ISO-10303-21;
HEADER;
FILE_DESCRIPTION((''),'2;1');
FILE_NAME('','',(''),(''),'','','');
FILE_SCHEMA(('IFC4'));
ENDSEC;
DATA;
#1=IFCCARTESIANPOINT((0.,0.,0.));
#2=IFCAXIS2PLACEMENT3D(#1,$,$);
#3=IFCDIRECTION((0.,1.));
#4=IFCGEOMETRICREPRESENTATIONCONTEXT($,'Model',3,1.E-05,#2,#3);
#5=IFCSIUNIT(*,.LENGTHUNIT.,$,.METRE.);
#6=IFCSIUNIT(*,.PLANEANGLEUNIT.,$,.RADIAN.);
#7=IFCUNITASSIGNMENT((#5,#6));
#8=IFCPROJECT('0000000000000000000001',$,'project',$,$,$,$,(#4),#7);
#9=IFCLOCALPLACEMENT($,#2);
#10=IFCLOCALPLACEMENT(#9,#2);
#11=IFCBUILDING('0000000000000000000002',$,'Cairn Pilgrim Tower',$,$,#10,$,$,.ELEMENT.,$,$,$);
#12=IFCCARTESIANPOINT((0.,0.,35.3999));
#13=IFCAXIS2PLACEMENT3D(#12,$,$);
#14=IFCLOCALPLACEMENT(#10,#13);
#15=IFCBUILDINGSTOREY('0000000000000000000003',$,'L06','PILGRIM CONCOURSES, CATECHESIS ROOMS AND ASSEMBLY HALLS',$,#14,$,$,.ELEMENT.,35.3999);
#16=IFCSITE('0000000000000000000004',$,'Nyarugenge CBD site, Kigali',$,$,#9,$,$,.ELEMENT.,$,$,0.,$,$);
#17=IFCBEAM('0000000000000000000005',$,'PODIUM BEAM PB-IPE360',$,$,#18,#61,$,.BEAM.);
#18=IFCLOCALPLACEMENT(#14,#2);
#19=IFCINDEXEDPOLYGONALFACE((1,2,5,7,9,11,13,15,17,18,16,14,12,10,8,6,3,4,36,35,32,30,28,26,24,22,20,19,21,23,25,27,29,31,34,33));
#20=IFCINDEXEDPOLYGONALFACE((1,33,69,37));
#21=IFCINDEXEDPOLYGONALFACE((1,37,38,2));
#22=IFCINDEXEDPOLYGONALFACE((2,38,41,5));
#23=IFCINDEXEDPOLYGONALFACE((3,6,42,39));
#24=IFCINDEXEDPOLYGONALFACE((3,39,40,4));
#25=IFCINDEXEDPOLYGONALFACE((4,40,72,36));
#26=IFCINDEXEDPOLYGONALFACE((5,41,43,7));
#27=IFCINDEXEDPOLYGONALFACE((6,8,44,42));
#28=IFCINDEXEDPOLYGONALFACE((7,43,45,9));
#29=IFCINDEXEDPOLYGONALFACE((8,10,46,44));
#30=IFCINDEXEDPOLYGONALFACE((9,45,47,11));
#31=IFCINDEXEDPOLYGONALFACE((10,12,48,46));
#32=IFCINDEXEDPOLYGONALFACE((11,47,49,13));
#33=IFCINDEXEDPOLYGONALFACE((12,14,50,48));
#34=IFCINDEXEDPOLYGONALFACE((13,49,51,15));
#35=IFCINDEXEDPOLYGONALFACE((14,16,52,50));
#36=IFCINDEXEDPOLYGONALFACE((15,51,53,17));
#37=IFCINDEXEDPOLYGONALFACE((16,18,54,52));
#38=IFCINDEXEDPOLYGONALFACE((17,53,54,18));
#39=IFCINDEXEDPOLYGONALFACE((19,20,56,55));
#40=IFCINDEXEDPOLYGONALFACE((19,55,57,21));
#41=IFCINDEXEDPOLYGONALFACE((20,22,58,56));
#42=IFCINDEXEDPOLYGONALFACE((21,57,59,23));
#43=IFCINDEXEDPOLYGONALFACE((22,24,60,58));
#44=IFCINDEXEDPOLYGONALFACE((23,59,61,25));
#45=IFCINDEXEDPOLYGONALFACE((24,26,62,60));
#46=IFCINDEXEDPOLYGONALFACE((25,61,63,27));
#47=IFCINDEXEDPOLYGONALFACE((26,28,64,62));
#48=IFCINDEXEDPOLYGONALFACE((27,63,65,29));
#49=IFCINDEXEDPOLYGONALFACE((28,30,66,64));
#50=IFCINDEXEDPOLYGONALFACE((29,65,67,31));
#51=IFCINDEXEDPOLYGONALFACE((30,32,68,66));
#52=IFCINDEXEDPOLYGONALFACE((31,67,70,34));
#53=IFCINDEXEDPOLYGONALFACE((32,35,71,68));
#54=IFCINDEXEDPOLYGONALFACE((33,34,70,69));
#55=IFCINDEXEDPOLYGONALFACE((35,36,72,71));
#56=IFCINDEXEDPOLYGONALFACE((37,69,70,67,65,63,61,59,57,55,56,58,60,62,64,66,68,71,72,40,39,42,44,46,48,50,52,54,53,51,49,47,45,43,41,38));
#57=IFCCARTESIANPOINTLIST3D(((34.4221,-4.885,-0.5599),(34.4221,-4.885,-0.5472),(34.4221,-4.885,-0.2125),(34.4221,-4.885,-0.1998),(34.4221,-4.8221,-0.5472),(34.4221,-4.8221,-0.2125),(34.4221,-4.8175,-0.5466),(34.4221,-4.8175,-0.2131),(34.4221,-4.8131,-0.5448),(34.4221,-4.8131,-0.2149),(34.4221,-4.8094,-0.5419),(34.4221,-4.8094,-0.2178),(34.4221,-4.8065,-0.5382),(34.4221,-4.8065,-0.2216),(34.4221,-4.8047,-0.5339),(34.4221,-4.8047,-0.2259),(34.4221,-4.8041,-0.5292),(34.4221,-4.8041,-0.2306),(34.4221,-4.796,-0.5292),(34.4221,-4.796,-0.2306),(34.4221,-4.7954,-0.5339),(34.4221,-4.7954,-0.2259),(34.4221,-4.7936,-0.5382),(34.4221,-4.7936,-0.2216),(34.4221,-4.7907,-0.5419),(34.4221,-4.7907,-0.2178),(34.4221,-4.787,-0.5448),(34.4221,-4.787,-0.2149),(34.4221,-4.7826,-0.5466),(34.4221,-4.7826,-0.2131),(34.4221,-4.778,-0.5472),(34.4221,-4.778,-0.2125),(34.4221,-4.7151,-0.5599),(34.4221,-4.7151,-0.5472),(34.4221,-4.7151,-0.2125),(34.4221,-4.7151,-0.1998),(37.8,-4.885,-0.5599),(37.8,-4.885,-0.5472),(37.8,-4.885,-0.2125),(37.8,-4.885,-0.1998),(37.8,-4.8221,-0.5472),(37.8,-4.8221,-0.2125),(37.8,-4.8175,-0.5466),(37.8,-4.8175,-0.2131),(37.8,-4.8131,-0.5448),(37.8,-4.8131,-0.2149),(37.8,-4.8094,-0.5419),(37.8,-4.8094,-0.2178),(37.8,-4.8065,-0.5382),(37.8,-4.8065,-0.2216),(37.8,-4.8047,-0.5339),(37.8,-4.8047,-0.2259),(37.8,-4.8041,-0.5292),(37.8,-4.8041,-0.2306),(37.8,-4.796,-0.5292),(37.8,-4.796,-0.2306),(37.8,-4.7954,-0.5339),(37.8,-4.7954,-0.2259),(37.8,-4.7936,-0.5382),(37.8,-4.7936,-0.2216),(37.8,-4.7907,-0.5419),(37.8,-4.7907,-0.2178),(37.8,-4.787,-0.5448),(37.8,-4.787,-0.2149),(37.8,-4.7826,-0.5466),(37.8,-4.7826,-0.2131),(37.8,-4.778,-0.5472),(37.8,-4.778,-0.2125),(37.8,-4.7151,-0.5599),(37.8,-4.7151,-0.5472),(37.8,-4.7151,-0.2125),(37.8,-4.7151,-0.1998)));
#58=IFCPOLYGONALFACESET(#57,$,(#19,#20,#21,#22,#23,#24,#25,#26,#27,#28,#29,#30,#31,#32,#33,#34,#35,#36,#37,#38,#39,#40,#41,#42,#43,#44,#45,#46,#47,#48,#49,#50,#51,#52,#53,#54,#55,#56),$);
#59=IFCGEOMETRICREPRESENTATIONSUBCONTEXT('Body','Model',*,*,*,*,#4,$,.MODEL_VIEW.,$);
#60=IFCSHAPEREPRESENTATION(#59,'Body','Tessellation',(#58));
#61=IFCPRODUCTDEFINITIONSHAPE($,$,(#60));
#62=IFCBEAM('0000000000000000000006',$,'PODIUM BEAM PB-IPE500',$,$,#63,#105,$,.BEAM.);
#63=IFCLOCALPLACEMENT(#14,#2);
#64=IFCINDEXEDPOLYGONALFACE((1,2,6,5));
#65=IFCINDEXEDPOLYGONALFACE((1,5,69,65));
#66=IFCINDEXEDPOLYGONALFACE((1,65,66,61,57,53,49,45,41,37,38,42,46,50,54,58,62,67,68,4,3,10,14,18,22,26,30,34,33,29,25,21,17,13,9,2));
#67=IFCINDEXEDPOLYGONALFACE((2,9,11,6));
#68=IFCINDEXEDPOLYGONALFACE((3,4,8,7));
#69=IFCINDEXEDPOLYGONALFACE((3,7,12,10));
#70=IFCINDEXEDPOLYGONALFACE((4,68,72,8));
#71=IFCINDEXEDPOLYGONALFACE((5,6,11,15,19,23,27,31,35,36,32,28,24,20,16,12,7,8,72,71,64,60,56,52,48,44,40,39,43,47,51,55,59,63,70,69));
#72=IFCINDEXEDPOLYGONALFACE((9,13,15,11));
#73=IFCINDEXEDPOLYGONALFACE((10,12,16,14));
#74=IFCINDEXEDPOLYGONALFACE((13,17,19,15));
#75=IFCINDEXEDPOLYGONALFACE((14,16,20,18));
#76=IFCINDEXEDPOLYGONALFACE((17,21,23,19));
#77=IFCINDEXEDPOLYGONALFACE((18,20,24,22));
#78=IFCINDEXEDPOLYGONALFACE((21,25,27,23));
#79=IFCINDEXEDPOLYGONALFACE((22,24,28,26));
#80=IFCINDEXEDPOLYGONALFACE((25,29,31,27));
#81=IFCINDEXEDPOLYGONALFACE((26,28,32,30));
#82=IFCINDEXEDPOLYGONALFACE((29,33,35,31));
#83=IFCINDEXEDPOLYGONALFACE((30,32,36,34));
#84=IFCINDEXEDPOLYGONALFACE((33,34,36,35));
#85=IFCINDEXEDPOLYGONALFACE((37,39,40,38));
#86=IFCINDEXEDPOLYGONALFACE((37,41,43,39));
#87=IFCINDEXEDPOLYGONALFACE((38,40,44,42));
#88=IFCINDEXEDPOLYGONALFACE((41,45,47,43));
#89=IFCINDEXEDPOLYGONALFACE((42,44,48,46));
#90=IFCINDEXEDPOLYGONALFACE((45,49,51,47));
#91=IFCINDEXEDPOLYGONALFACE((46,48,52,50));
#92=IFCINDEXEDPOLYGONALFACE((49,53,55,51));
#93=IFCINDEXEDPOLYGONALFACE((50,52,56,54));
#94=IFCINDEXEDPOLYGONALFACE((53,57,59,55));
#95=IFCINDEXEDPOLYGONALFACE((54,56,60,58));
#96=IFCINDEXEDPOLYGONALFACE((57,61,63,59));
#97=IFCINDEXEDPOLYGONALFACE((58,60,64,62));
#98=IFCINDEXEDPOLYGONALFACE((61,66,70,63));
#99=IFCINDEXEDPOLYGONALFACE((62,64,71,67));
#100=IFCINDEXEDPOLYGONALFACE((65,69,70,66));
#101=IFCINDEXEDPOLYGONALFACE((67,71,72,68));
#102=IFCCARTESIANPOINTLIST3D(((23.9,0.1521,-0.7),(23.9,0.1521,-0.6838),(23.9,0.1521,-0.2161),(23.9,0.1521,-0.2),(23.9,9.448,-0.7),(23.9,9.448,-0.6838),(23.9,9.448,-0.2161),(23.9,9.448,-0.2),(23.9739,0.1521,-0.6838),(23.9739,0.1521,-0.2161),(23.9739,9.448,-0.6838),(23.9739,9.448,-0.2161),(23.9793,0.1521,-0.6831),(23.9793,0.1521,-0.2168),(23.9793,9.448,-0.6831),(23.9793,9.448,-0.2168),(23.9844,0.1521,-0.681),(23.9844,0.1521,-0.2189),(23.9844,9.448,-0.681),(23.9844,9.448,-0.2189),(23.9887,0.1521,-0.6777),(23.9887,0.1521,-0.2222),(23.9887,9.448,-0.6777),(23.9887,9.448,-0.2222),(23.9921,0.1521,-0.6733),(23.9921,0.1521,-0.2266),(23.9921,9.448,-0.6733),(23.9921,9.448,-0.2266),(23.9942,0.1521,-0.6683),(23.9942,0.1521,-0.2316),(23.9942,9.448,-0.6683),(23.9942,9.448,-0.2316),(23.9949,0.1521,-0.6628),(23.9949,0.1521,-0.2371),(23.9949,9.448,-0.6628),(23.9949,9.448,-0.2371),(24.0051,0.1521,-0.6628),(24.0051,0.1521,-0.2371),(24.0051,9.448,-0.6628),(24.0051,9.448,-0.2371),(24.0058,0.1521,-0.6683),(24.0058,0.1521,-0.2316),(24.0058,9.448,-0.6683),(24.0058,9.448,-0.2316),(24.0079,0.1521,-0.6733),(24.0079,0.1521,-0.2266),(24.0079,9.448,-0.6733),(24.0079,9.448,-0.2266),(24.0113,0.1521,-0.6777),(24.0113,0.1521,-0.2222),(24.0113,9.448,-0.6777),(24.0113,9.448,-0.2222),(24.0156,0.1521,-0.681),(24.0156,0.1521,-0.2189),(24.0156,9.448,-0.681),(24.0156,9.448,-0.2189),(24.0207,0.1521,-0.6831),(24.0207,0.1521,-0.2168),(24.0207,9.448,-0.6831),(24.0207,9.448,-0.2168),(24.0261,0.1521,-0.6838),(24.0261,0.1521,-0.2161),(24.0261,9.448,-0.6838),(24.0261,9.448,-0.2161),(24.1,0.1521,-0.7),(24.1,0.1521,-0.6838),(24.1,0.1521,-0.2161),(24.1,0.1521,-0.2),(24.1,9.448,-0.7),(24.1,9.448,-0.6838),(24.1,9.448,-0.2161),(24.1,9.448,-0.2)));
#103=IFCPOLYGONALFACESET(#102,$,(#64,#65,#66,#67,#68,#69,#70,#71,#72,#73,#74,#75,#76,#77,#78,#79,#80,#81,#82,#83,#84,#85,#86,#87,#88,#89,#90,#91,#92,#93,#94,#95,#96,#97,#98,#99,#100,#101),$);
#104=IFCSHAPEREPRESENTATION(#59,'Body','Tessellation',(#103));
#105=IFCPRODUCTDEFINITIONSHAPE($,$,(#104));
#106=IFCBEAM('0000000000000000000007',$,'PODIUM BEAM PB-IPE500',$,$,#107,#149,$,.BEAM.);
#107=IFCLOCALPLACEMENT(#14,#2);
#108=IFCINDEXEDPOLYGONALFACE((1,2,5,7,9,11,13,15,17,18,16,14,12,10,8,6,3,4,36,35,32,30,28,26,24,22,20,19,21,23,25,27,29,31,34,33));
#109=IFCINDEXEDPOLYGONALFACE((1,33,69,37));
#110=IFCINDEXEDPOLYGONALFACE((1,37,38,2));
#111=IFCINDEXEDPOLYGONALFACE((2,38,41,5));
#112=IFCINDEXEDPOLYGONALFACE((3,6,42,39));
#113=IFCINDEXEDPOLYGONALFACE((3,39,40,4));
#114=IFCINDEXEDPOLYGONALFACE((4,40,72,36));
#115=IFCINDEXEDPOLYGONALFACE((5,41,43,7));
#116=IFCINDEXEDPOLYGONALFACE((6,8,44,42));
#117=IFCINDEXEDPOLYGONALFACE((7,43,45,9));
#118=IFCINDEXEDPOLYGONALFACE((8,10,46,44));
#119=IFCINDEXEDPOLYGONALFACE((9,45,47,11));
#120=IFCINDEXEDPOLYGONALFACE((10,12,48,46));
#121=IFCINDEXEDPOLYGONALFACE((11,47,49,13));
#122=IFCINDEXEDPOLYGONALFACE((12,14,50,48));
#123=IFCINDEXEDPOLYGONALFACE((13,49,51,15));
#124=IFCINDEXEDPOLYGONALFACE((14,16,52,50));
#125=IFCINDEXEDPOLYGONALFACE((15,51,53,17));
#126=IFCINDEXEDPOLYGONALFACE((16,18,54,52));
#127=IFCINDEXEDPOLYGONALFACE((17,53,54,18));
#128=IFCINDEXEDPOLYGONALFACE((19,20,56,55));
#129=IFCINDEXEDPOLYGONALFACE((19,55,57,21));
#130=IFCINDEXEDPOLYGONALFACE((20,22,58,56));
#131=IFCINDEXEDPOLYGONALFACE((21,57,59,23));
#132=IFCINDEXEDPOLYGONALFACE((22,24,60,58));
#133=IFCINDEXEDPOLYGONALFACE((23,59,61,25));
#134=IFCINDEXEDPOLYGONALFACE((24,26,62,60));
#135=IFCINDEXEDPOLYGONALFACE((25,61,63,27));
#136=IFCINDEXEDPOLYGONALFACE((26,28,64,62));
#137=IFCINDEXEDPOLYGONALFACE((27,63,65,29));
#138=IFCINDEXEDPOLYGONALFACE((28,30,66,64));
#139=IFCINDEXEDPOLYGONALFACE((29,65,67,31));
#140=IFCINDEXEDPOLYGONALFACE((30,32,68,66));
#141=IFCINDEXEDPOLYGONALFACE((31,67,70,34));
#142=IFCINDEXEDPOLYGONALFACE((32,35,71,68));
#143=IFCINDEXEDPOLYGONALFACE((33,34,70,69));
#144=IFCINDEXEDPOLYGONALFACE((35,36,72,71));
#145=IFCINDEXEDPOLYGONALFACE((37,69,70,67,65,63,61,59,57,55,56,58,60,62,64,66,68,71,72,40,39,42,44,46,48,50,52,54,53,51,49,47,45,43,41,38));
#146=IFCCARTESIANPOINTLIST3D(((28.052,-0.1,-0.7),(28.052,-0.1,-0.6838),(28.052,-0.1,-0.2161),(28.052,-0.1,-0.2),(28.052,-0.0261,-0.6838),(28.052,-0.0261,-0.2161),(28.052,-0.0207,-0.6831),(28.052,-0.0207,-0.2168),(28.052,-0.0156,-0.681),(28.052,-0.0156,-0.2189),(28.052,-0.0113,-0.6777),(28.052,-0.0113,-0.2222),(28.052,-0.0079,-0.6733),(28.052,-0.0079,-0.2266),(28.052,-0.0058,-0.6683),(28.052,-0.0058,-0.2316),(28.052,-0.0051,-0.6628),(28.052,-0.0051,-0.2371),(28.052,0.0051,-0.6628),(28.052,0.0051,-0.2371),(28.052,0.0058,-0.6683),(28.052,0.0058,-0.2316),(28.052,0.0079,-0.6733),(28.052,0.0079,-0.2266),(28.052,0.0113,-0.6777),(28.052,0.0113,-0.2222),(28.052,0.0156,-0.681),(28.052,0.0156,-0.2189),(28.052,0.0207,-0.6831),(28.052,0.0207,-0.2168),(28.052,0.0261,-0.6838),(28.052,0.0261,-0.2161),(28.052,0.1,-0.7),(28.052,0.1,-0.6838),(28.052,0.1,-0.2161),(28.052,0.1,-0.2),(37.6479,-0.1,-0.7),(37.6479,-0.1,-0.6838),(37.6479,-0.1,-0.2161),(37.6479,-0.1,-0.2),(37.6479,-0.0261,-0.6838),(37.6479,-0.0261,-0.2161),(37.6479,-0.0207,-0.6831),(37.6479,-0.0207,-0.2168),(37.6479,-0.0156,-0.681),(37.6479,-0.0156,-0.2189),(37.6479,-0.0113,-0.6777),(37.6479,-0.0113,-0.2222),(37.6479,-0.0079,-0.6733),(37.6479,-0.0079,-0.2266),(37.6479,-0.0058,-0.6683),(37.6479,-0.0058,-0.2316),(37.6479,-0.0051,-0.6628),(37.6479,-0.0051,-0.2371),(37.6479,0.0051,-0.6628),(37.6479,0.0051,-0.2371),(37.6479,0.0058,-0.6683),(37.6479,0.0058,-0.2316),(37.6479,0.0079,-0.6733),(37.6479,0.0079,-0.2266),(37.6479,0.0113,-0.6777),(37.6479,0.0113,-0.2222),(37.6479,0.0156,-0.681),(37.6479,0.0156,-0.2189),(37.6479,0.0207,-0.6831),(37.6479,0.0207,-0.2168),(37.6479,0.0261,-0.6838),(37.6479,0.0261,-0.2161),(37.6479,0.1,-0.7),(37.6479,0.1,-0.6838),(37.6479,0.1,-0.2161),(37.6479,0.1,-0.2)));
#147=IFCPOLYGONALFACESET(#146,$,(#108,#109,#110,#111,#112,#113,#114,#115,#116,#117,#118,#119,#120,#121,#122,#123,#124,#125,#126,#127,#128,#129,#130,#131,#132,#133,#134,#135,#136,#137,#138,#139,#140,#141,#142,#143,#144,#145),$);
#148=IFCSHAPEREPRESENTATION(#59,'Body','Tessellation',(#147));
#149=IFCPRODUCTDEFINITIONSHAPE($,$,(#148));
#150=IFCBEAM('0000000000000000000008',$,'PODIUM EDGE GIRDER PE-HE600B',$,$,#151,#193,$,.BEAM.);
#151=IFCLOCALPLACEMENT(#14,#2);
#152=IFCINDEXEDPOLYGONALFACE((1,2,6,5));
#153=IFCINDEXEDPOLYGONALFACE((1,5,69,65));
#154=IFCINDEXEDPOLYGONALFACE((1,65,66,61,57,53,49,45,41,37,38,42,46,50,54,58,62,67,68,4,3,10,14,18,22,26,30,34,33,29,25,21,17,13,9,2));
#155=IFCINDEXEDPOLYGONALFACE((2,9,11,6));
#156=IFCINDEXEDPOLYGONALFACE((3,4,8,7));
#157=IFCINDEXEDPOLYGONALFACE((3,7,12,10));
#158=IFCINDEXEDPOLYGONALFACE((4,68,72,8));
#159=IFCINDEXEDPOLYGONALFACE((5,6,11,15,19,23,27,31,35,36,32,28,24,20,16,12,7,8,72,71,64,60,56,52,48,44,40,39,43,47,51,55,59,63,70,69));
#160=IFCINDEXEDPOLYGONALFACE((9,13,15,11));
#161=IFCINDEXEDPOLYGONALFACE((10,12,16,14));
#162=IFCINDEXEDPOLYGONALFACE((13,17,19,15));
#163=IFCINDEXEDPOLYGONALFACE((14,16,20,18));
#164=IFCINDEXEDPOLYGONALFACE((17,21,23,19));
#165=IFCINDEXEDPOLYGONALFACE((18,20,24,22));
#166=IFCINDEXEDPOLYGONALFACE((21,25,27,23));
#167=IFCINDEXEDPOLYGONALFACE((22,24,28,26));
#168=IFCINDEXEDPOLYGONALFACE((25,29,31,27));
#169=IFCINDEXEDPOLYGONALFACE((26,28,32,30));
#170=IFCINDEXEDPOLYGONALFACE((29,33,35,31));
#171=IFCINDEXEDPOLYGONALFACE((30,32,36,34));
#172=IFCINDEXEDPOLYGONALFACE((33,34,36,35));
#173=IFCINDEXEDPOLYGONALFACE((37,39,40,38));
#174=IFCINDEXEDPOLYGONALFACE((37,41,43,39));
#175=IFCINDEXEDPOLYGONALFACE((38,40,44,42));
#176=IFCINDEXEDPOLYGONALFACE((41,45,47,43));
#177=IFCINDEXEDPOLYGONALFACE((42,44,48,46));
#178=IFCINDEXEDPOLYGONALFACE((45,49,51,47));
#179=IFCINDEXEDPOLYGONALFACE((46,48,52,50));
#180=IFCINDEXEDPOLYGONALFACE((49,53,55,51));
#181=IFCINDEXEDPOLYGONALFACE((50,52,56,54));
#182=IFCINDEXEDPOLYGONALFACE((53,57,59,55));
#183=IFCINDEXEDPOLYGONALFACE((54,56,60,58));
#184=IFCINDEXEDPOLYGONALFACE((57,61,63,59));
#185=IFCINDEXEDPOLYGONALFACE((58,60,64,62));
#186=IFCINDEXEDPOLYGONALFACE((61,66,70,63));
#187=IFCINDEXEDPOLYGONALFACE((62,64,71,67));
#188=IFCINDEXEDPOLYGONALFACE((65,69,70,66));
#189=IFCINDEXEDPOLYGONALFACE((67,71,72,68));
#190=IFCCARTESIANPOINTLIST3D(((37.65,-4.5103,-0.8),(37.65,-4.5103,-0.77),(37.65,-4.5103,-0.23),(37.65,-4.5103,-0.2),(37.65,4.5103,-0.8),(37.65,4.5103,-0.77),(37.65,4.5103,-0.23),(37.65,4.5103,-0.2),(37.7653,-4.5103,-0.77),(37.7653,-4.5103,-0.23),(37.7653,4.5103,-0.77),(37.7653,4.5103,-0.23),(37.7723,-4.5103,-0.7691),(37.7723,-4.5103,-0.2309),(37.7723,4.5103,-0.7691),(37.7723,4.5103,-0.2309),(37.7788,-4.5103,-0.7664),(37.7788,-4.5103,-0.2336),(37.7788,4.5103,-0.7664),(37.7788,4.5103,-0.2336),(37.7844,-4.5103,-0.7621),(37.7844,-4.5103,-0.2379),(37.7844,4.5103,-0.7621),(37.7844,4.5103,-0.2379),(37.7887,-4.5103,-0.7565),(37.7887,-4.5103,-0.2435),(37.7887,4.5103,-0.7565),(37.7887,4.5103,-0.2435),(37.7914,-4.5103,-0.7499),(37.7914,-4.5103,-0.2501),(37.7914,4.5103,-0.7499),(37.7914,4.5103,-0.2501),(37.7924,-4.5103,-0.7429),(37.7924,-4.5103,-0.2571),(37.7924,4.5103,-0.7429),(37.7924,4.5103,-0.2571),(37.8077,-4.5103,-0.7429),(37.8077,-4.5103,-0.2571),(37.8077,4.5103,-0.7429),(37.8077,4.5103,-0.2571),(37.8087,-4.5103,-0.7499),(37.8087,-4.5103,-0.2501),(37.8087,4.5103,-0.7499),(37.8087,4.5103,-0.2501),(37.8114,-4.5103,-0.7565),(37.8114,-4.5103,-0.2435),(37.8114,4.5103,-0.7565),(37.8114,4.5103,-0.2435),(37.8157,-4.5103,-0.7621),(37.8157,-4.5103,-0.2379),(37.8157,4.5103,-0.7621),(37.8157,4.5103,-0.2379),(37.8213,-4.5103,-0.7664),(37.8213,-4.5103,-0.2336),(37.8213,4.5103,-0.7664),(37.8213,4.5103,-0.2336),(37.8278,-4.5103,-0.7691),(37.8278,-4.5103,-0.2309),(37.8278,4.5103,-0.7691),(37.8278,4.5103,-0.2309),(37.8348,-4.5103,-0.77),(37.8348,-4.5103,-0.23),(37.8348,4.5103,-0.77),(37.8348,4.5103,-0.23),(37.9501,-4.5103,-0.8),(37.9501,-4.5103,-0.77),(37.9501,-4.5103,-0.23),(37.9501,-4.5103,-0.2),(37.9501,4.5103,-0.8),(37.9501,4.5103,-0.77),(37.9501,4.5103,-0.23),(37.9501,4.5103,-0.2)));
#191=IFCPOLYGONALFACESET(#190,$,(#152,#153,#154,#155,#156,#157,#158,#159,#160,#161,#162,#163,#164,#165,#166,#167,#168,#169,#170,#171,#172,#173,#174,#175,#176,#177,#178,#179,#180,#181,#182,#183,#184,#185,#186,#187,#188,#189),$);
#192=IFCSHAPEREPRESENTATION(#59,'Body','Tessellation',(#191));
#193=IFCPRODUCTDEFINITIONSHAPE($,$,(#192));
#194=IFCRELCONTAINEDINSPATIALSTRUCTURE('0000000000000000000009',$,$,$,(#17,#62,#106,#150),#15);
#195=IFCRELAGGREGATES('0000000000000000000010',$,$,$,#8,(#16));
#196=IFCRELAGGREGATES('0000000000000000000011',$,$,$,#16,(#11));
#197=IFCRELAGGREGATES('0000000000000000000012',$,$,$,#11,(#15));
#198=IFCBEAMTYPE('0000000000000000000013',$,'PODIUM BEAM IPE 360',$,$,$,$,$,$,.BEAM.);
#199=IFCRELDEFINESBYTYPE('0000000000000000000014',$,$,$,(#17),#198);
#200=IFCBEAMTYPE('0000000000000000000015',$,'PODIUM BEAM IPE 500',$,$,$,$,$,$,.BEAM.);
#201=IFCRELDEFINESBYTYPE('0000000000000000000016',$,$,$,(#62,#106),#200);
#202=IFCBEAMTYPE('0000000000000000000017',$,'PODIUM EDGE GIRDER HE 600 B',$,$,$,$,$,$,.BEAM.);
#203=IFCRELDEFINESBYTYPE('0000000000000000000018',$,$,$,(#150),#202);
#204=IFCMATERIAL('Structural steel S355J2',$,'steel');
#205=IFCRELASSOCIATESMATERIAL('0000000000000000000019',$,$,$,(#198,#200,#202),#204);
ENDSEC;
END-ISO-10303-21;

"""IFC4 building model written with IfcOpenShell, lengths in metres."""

from ifc_helpers import new_model, si_unit, direction, frame, origin, origin_2d, place, context, subcontext, project, spatial, i_section, extrude, material, material_profile, profile_set, type_object, element, save


model = new_model("IFC4")

# Units and contexts
model_context = context("Model", 3, precision=1e-05, world=origin(), true_north=direction((0.0, 1.0)))
body_context = subcontext(model_context, "Body", "Model", "MODEL_VIEW")
ifc_project = project(units=[si_unit("LENGTHUNIT", "METRE"), si_unit("PLANEANGLEUNIT", "RADIAN")], contexts=[model_context])

# Site, building, storey
site_placement = place(None, origin())
site = spatial("IfcSite", under=ifc_project, at=site_placement, Name="Nyarugenge CBD site, Kigali", CompositionType="ELEMENT", RefElevation=0.0)
building_placement = place(site_placement, origin())
building = spatial("IfcBuilding", under=site, at=building_placement, Name="Cairn Pilgrim Tower", CompositionType="ELEMENT")
storey_placement = place(building_placement, frame((0.0, 0.0, 35.3999)))
storey = spatial("IfcBuildingStorey", under=building, at=storey_placement, Name="L06", Description="PILGRIM CONCOURSES, CATECHESIS ROOMS AND ASSEMBLY HALLS", CompositionType="ELEMENT", Elevation=35.3999)

# Shared definitions
ifc_material_1 = material(Name="Structural steel S355J2", Category="steel")

# Beams
ifc_material_profile_1 = material_profile(ifc_material_1, i_section(OverallWidth=0.1699, OverallDepth=0.3601, WebThickness=0.0081, FlangeThickness=0.0127, FilletRadius=0.0181, at=origin_2d()), Name="IPE 360")
ifc_profile_set_1 = profile_set([ifc_material_profile_1], Name="Structural steel S355J2")
beam_type_1 = type_object("IfcBeamType", Name="PODIUM BEAM IPE 360", PredefinedType="BEAM", material=ifc_profile_set_1)
beam_1_placement = place(storey_placement, frame((34.4221, -4.8, -0.3799), z_axis=(1.0, 0.0, 0.0), x_axis=(0.0, 1.0, 0.0)))
element("IfcBeam", 1, at=beam_1_placement, inside=storey, type_object=beam_type_1, Name="PODIUM BEAM PB-IPE360", PredefinedType="BEAM", context=body_context, shape_type="SweptSolid", body=[
    extrude(i_section(OverallWidth=0.1699, OverallDepth=0.3601, WebThickness=0.0081, FlangeThickness=0.0127, FilletRadius=0.0181, at=origin_2d()), origin(), (0.0, 0.0, 1.0), 3.3779),
])
ifc_material_profile_2 = material_profile(ifc_material_1, i_section(OverallWidth=0.2, OverallDepth=0.5, WebThickness=0.0103, FlangeThickness=0.0161, FilletRadius=0.021, at=origin_2d()), Name="IPE 500")
ifc_profile_set_2 = profile_set([ifc_material_profile_2], Name="Structural steel S355J2")
beam_type_2 = type_object("IfcBeamType", Name="PODIUM BEAM IPE 500", PredefinedType="BEAM", material=ifc_profile_set_2)
beam_2_placement = place(storey_placement, frame((24.0, 0.1521, -0.45), z_axis=(0.0, 1.0, 0.0), x_axis=(-1.0, 0.0, 0.0)))
element("IfcBeam", 2, at=beam_2_placement, inside=storey, type_object=beam_type_2, Name="PODIUM BEAM PB-IPE500", PredefinedType="BEAM", context=body_context, shape_type="SweptSolid", body=[
    extrude(i_section(OverallWidth=0.2, OverallDepth=0.5, WebThickness=0.0103, FlangeThickness=0.0161, FilletRadius=0.021, at=origin_2d()), origin(), (0.0, 0.0, 1.0), 9.2959),
])
beam_3_placement = place(storey_placement, frame((28.052, 0.0, -0.45), z_axis=(1.0, 0.0, 0.0), x_axis=(0.0, 1.0, 0.0)))
element("IfcBeam", 3, at=beam_3_placement, inside=storey, type_object=beam_type_2, Name="PODIUM BEAM PB-IPE500", PredefinedType="BEAM", context=body_context, shape_type="SweptSolid", body=[
    extrude(i_section(OverallWidth=0.2, OverallDepth=0.5, WebThickness=0.0103, FlangeThickness=0.0161, FilletRadius=0.021, at=origin_2d()), origin(), (0.0, 0.0, 1.0), 9.5959),
])
ifc_material_profile_3 = material_profile(ifc_material_1, i_section(OverallWidth=0.3, OverallDepth=0.6001, WebThickness=0.0154, FlangeThickness=0.03, FilletRadius=0.0271, at=origin_2d()), Name="HEB 600")
ifc_profile_set_3 = profile_set([ifc_material_profile_3], Name="Structural steel S355J2")
beam_type_3 = type_object("IfcBeamType", Name="PODIUM EDGE GIRDER HE 600 B", PredefinedType="BEAM", material=ifc_profile_set_3)
beam_4_placement = place(storey_placement, frame((37.8, -4.5103, -0.5), z_axis=(0.0, 1.0, 0.0), x_axis=(-1.0, 0.0, 0.0)))
element("IfcBeam", 4, at=beam_4_placement, inside=storey, type_object=beam_type_3, Name="PODIUM EDGE GIRDER PE-HE600B", PredefinedType="BEAM", context=body_context, shape_type="SweptSolid", body=[
    extrude(i_section(OverallWidth=0.3, OverallDepth=0.6001, WebThickness=0.0154, FlangeThickness=0.03, FilletRadius=0.0271, at=origin_2d()), origin(), (0.0, 0.0, 1.0), 9.0205),
])

save(model, "model.ifc")
